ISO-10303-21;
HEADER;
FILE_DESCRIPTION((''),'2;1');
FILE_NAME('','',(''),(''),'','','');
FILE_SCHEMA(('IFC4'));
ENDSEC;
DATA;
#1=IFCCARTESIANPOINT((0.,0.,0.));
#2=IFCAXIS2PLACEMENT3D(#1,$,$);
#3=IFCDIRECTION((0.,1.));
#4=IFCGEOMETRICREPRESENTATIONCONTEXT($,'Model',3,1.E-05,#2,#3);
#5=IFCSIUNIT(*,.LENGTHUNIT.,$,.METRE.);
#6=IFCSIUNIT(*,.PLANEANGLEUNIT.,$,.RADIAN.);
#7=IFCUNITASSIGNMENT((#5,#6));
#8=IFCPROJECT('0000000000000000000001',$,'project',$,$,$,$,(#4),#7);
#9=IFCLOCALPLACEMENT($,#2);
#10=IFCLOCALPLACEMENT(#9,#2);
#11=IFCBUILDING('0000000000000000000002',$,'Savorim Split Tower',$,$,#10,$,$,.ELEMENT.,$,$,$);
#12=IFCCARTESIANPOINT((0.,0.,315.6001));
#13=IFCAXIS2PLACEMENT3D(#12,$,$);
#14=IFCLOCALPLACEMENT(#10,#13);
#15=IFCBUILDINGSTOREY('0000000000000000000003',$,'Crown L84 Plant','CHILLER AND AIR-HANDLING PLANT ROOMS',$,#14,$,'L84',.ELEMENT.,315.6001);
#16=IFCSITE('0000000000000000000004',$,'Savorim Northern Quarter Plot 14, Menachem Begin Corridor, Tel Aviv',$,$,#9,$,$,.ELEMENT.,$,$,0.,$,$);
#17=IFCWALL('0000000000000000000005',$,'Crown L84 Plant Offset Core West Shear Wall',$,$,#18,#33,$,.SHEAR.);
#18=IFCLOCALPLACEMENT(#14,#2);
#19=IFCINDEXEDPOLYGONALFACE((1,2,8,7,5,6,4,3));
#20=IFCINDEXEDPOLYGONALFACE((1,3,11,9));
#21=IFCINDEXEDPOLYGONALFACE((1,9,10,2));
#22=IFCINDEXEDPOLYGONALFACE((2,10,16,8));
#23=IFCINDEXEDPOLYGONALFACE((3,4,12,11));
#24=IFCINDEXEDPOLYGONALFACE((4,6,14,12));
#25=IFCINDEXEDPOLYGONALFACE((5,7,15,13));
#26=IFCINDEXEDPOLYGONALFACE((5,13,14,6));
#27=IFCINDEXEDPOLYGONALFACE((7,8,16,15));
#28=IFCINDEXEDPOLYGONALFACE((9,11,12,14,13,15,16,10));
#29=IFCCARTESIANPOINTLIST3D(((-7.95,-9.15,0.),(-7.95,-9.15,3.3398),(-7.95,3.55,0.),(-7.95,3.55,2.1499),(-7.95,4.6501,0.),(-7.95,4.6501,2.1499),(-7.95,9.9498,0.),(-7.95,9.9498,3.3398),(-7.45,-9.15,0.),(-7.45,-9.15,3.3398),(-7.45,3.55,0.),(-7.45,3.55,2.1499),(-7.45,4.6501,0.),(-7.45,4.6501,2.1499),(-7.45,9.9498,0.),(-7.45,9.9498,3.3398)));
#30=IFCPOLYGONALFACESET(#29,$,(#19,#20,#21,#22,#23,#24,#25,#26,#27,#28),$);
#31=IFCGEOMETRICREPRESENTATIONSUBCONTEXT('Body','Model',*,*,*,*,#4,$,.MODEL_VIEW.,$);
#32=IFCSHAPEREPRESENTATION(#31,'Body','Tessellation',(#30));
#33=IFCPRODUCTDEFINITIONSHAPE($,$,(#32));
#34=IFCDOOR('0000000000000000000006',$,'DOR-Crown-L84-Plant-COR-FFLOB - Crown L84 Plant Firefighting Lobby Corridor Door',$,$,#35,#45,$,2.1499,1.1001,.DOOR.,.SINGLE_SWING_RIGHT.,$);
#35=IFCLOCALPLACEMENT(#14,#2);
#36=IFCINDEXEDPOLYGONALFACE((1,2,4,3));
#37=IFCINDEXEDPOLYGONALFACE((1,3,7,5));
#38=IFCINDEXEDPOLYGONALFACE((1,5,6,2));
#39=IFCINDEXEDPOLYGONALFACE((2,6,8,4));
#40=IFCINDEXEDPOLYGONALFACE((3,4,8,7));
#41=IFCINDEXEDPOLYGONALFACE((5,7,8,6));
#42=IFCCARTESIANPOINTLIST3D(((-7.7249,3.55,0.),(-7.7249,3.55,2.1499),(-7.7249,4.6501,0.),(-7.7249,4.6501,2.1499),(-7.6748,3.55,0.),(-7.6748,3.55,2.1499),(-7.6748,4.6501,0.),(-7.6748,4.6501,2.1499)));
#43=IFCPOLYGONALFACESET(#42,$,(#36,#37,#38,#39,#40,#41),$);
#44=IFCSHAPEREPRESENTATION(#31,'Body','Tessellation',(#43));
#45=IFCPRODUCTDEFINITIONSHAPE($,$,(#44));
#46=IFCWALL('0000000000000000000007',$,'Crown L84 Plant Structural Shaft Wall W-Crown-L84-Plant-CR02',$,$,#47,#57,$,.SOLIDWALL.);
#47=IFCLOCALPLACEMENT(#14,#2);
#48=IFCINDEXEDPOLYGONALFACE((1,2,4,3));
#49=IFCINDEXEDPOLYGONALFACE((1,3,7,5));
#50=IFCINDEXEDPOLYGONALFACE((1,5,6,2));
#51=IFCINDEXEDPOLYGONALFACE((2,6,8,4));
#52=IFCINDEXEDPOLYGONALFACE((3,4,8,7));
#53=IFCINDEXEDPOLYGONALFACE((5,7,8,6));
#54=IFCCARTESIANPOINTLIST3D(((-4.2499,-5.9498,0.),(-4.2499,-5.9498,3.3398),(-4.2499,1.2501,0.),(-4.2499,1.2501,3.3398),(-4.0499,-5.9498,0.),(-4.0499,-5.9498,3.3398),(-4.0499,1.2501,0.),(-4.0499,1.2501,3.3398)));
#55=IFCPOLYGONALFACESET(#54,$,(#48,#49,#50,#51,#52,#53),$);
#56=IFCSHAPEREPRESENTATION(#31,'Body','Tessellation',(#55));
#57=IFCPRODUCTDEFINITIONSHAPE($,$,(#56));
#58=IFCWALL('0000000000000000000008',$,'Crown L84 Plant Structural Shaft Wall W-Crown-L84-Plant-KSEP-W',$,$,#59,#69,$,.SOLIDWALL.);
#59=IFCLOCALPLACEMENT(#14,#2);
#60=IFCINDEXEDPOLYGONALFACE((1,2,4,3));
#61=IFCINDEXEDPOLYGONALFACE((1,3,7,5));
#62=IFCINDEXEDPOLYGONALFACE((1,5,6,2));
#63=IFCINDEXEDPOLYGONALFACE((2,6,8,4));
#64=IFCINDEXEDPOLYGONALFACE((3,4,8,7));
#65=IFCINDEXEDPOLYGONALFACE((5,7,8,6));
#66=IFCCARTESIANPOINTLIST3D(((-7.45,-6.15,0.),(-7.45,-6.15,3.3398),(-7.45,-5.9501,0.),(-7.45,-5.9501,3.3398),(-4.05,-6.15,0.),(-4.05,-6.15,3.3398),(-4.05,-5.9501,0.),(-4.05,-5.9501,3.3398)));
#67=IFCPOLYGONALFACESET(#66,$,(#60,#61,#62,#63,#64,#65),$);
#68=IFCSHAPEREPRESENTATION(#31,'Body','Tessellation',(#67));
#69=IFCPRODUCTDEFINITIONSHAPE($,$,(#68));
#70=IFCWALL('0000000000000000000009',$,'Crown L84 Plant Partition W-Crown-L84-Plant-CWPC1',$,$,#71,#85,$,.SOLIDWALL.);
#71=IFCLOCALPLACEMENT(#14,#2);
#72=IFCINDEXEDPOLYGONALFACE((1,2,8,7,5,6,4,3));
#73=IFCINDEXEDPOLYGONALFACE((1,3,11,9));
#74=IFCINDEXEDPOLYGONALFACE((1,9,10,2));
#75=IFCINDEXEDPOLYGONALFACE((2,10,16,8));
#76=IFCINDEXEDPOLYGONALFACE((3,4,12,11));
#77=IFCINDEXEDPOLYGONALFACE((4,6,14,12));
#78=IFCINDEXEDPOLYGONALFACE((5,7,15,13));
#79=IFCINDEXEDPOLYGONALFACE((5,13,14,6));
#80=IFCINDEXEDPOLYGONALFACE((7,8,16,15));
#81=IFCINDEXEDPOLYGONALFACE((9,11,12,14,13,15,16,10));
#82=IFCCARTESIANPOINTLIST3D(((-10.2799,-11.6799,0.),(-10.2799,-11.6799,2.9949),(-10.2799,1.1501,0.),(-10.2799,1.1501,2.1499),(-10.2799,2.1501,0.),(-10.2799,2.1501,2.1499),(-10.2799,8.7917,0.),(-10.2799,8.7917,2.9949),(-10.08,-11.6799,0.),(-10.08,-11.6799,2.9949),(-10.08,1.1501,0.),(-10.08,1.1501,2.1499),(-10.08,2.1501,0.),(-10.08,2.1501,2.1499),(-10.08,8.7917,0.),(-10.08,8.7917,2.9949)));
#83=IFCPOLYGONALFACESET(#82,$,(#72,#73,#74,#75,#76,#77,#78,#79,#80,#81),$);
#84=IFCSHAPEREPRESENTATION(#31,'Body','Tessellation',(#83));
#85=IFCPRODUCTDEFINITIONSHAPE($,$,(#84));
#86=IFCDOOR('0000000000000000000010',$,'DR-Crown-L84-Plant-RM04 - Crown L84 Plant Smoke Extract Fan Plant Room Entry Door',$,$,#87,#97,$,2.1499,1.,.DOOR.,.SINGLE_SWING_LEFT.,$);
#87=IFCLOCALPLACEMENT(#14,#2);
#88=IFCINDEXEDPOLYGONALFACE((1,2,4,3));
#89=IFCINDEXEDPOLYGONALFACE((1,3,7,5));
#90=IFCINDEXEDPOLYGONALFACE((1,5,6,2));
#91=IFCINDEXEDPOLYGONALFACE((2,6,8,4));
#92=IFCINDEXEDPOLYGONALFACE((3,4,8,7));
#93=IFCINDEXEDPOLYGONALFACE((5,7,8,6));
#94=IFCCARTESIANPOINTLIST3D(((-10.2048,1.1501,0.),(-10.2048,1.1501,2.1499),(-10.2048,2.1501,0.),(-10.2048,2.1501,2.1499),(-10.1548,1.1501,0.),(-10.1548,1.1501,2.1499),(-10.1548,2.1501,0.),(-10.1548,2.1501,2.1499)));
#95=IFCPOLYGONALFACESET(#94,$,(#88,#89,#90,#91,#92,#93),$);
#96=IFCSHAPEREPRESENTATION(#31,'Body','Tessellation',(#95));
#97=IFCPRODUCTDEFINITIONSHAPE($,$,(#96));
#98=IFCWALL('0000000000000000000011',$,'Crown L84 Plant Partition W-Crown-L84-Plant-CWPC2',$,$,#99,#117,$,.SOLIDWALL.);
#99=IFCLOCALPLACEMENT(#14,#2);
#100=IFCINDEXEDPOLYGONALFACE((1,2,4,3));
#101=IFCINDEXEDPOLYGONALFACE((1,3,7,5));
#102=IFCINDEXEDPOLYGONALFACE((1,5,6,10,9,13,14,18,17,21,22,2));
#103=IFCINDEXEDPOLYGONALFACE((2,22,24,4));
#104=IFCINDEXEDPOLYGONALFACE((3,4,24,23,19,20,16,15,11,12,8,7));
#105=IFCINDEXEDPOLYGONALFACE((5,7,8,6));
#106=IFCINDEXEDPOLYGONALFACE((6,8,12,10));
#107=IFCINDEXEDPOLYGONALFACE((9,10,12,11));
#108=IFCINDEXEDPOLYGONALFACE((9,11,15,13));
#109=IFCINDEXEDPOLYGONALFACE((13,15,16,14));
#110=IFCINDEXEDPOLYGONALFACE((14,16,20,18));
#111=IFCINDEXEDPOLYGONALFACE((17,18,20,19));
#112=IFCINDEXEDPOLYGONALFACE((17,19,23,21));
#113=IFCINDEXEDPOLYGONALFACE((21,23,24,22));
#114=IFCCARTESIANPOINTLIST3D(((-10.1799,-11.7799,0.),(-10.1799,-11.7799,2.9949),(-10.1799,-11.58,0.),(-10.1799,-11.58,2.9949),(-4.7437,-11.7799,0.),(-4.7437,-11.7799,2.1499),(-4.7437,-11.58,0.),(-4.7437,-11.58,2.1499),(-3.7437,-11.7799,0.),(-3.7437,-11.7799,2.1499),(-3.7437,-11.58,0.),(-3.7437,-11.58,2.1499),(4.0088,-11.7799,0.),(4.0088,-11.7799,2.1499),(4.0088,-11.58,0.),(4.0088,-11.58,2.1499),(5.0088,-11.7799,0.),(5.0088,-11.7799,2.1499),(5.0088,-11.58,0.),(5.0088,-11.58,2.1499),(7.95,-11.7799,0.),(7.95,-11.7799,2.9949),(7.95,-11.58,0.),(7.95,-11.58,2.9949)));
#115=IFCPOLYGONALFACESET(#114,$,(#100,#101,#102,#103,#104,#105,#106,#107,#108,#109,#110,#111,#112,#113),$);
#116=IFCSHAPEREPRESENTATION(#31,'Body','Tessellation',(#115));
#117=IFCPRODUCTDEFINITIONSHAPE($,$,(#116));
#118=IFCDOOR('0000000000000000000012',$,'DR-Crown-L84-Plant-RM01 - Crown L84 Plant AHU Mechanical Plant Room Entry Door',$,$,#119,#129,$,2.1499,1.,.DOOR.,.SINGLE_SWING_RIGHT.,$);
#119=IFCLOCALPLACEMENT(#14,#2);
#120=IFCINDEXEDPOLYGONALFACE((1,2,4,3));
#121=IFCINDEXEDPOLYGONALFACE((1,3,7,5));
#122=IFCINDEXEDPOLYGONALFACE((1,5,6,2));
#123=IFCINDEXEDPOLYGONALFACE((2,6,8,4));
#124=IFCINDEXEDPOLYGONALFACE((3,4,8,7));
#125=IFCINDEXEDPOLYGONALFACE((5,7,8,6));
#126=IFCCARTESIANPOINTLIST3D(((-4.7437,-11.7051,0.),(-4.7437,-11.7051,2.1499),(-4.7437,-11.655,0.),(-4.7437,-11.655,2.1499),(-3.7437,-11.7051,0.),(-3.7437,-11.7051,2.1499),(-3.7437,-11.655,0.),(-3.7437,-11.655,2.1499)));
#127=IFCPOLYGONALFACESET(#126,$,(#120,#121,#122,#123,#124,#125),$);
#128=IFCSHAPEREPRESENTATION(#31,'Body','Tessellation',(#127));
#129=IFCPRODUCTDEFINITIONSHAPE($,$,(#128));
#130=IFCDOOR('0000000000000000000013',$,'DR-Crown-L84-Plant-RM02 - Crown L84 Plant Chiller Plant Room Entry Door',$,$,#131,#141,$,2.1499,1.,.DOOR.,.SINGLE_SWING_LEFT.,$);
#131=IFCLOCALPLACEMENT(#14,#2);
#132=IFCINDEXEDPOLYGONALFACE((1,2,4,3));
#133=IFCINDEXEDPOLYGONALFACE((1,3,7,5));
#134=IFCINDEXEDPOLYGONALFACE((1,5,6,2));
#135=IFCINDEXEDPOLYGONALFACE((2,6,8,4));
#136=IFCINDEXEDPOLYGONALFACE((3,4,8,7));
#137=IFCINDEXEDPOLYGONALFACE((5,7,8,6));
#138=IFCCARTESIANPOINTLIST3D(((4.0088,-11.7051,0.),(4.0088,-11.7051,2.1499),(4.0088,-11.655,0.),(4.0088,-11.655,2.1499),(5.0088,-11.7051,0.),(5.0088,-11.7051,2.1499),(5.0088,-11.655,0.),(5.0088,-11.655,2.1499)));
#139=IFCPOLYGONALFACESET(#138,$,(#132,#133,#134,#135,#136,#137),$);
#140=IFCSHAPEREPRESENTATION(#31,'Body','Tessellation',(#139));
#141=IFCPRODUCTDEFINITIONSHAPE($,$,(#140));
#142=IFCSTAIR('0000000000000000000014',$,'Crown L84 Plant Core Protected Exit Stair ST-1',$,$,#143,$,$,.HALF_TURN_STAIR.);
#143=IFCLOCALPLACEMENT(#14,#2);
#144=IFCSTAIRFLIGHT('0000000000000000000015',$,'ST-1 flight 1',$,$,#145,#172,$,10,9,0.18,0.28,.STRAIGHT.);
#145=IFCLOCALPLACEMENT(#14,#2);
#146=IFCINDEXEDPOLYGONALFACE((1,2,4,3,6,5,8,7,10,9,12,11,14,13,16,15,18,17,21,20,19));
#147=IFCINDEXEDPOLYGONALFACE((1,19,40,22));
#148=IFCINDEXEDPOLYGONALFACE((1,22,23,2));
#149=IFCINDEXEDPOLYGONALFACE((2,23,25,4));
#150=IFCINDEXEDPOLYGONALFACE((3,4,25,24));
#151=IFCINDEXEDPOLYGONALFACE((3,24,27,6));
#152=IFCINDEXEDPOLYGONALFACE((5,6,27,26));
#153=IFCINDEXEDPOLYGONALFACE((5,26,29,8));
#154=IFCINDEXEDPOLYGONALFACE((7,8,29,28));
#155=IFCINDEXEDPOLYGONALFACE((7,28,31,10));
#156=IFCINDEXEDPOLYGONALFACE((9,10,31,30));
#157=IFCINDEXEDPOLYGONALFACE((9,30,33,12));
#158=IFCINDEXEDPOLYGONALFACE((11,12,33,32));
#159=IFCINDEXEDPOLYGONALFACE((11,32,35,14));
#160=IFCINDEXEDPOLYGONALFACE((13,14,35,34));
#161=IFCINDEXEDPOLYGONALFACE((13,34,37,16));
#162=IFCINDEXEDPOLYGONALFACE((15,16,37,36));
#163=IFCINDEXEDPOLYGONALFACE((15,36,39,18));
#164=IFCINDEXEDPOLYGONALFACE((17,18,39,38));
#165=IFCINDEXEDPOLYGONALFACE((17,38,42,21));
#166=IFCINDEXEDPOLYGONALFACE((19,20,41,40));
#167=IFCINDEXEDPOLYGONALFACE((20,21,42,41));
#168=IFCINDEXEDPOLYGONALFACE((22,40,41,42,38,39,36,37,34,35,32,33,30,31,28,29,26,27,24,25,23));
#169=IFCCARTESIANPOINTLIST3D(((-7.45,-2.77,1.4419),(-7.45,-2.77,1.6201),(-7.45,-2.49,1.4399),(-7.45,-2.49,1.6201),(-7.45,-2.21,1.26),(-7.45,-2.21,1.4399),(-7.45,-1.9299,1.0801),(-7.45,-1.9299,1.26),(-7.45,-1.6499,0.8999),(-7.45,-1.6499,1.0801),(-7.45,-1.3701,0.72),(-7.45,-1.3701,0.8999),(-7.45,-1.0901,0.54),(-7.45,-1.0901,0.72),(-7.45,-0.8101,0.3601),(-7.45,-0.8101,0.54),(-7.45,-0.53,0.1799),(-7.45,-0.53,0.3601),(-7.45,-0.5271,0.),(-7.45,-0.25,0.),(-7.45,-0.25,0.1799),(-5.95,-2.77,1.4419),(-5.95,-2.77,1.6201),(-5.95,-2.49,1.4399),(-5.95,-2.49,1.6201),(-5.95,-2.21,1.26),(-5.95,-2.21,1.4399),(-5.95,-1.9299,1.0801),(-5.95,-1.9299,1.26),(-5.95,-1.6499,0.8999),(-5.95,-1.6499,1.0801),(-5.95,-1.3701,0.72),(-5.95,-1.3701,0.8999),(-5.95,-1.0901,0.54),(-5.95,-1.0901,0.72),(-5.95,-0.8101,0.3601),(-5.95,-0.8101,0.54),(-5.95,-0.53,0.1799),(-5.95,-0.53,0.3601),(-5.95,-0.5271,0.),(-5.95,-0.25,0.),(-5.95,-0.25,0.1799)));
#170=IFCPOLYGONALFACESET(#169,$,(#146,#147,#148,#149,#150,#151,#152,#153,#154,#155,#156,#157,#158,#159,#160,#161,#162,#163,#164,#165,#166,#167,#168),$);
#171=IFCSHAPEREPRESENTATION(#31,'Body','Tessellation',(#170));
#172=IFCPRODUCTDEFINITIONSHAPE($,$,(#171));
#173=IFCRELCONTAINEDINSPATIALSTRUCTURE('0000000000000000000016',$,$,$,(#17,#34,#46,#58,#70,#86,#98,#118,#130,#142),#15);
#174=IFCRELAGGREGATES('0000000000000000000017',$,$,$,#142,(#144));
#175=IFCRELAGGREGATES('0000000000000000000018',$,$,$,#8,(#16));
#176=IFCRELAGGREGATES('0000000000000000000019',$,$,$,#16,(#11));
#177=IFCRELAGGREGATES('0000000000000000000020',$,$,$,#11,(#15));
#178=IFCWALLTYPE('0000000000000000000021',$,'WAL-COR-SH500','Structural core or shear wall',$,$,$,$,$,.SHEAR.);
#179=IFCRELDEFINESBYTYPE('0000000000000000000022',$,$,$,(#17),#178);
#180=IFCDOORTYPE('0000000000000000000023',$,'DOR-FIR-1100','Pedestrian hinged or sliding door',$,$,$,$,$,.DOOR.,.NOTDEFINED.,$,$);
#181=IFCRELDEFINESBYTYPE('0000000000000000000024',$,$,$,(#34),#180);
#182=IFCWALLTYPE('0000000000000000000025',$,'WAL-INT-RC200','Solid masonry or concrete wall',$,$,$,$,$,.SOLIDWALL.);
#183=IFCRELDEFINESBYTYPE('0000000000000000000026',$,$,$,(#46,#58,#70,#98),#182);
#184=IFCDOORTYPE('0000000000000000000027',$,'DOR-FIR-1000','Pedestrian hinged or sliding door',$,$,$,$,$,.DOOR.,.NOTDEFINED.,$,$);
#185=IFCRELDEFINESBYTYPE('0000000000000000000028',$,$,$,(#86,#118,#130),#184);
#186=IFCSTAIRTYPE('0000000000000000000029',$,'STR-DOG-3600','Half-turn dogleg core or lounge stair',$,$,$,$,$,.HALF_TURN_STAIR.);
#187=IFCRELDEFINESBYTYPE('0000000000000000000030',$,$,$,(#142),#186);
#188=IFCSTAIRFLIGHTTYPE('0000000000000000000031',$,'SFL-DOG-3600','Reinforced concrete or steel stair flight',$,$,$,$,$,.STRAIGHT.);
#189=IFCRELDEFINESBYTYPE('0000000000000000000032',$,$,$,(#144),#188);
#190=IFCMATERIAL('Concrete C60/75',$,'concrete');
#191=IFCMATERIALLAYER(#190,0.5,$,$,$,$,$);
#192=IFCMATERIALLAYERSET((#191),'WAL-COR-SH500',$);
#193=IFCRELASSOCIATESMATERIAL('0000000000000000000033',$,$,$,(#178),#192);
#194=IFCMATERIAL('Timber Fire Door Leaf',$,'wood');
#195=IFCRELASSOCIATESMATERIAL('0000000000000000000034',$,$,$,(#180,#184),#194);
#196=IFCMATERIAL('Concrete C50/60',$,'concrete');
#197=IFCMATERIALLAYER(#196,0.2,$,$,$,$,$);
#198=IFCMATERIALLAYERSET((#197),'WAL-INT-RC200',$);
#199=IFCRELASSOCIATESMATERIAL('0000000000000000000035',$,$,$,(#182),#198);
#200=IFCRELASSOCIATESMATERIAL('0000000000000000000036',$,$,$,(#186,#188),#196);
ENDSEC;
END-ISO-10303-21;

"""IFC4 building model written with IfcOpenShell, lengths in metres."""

from ifc_helpers import new_model, si_unit, direction, frame, frame_2d, origin, place, context, subcontext, project, spatial, polyline, rectangle, outline, extrude, material, layer, layer_set, type_object, element, fill, aggregate, save


model = new_model("IFC4")

# Units and contexts
model_context = context("Model", 3, precision=1e-05, world=origin(), true_north=direction((0.0, 1.0)))
body_context = subcontext(model_context, "Body", "Model", "MODEL_VIEW")
ifc_project = project(units=[si_unit("LENGTHUNIT", "METRE"), si_unit("PLANEANGLEUNIT", "RADIAN")], contexts=[model_context])

# Site, building, storey
site_placement = place(None, origin())
site = spatial("IfcSite", under=ifc_project, at=site_placement, Name="Savorim Northern Quarter Plot 14, Menachem Begin Corridor, Tel Aviv", CompositionType="ELEMENT", RefElevation=0.0)
building_placement = place(site_placement, origin())
building = spatial("IfcBuilding", under=site, at=building_placement, Name="Savorim Split Tower", CompositionType="ELEMENT")
storey_placement = place(building_placement, frame((0.0, 0.0, 315.6001)))
storey = spatial("IfcBuildingStorey", under=building, at=storey_placement, Name="Crown L84 Plant", Description="CHILLER AND AIR-HANDLING PLANT ROOMS", LongName="L84", CompositionType="ELEMENT", Elevation=315.6001)

# Wall, opening, door
ifc_material_1 = material(Name="Concrete C60/75", Category="concrete")
ifc_layer_1 = layer(ifc_material_1, 0.5)
ifc_layer_set_1 = layer_set([ifc_layer_1], Name="WAL-COR-SH500")
wall_type_1 = type_object("IfcWallType", Name="WAL-COR-SH500", Description="Structural core or shear wall", PredefinedType="SHEAR", material=ifc_layer_set_1)
ifc_material_2 = material(Name="Timber Fire Door Leaf", Category="wood")
wall_1_placement = place(storey_placement, frame((-7.7, -9.1499, 0.0), z_axis=(0.0, 0.0, 1.0), x_axis=(0.0, 1.0, 0.0)))
wall_1 = element("IfcWall", 1, at=wall_1_placement, inside=storey, type_object=wall_type_1, Name="Crown L84 Plant Offset Core West Shear Wall", PredefinedType="SHEAR", context=body_context, shape_type="SweptSolid", body=[
    extrude(rectangle(XDim=19.0999, YDim=0.5, at=frame_2d((9.5498, 0.0))), origin(), (0.0, 0.0, 1.0), 3.3398),
])
opening_1_placement = place(wall_1_placement, frame((12.7, 0.0, 0.0)))
opening_1 = element("IfcOpeningElement", 2, at=opening_1_placement, cuts=wall_1, PredefinedType="OPENING", context=body_context, shape_type="SweptSolid", body=[
    extrude(rectangle(XDim=1.1001, YDim=2.1499, at=frame_2d((0.55, 1.075))), frame((0.0, 0.26, 0.0), z_axis=(0.0, -1.0, 0.0), x_axis=(1.0, 0.0, 0.0)), (0.0, 0.0, 1.0), 0.52),
])
door_type_1 = type_object("IfcDoorType", Name="DOR-FIR-1100", Description="Pedestrian hinged or sliding door", OperationType="NOTDEFINED", PredefinedType="DOOR", material=ifc_material_2)
door_1_placement = place(opening_1_placement, origin())
door_1 = element("IfcDoor", 3, at=door_1_placement, inside=storey, type_object=door_type_1, Name="DOR-Crown-L84-Plant-COR-FFLOB - Crown L84 Plant Firefighting Lobby Corridor Door", OperationType="SINGLE_SWING_RIGHT", OverallHeight=2.1499, OverallWidth=1.1001, PredefinedType="DOOR", context=body_context, shape_type="SweptSolid", body=[
    extrude(rectangle(XDim=1.1001, YDim=2.1499, at=frame_2d((0.55, 1.075))), frame((0.0, 0.0249, 0.0), z_axis=(0.0, -1.0, 0.0), x_axis=(1.0, 0.0, 0.0)), (0.0, 0.0, 1.0), 0.05),
])
fill(opening_1, door_1)

# Walls
ifc_material_3 = material(Name="Concrete C50/60", Category="concrete")
ifc_layer_2 = layer(ifc_material_3, 0.2)
ifc_layer_set_2 = layer_set([ifc_layer_2], Name="WAL-INT-RC200")
wall_type_2 = type_object("IfcWallType", Name="WAL-INT-RC200", Description="Solid masonry or concrete wall", PredefinedType="SOLIDWALL", material=ifc_layer_set_2)
wall_2_placement = place(storey_placement, frame((-4.1499, -5.95, 0.0), z_axis=(0.0, 0.0, 1.0), x_axis=(0.0, 1.0, 0.0)))
element("IfcWall", 4, at=wall_2_placement, inside=storey, type_object=wall_type_2, Name="Crown L84 Plant Structural Shaft Wall W-Crown-L84-Plant-CR02", PredefinedType="SOLIDWALL", context=body_context, shape_type="SweptSolid", body=[
    extrude(rectangle(XDim=7.2, YDim=0.2, at=frame_2d((3.6001, 0.0))), origin(), (0.0, 0.0, 1.0), 3.3398),
])
wall_3_placement = place(storey_placement, frame((-7.45, -6.05, 0.0), z_axis=(0.0, 0.0, 1.0), x_axis=(1.0, 0.0, 0.0)))
element("IfcWall", 5, at=wall_3_placement, inside=storey, type_object=wall_type_2, Name="Crown L84 Plant Structural Shaft Wall W-Crown-L84-Plant-KSEP-W", PredefinedType="SOLIDWALL", context=body_context, shape_type="SweptSolid", body=[
    extrude(rectangle(XDim=3.3999, YDim=0.2, at=frame_2d((1.7, 0.0))), origin(), (0.0, 0.0, 1.0), 3.3398),
])

# Wall, opening, door
wall_4_placement = place(storey_placement, frame((-10.1799, -11.6799, 0.0), z_axis=(0.0, 0.0, 1.0), x_axis=(0.0, 1.0, 0.0)))
wall_4 = element("IfcWall", 6, at=wall_4_placement, inside=storey, type_object=wall_type_2, Name="Crown L84 Plant Partition W-Crown-L84-Plant-CWPC1", PredefinedType="SOLIDWALL", context=body_context, shape_type="SweptSolid", body=[
    extrude(rectangle(XDim=20.4717, YDim=0.2, at=frame_2d((10.2358, 0.0))), origin(), (0.0, 0.0, 1.0), 2.9949),
])
opening_2_placement = place(wall_4_placement, frame((12.8301, 0.0, 0.0)))
opening_2 = element("IfcOpeningElement", 7, at=opening_2_placement, cuts=wall_4, PredefinedType="OPENING", context=body_context, shape_type="SweptSolid", body=[
    extrude(rectangle(XDim=1.0, YDim=2.1499, at=frame_2d((0.5, 1.075))), frame((0.0, 0.1099, 0.0), z_axis=(0.0, -1.0, 0.0), x_axis=(1.0, 0.0, 0.0)), (0.0, 0.0, 1.0), 0.22),
])
door_type_2 = type_object("IfcDoorType", Name="DOR-FIR-1000", Description="Pedestrian hinged or sliding door", OperationType="NOTDEFINED", PredefinedType="DOOR", material=ifc_material_2)
door_2_placement = place(opening_2_placement, origin())
door_2 = element("IfcDoor", 8, at=door_2_placement, inside=storey, type_object=door_type_2, Name="DR-Crown-L84-Plant-RM04 - Crown L84 Plant Smoke Extract Fan Plant Room Entry Door", OperationType="SINGLE_SWING_LEFT", OverallHeight=2.1499, OverallWidth=1.0, PredefinedType="DOOR", context=body_context, shape_type="SweptSolid", body=[
    extrude(rectangle(XDim=1.0, YDim=2.1499, at=frame_2d((0.5, 1.075))), frame((0.0, 0.0249, 0.0), z_axis=(0.0, -1.0, 0.0), x_axis=(1.0, 0.0, 0.0)), (0.0, 0.0, 1.0), 0.05),
])
fill(opening_2, door_2)

# Wall, openings, doors
wall_5_placement = place(storey_placement, frame((-10.1799, -11.6799, 0.0), z_axis=(0.0, 0.0, 1.0), x_axis=(1.0, 0.0, 0.0)))
wall_5 = element("IfcWall", 9, at=wall_5_placement, inside=storey, type_object=wall_type_2, Name="Crown L84 Plant Partition W-Crown-L84-Plant-CWPC2", PredefinedType="SOLIDWALL", context=body_context, shape_type="SweptSolid", body=[
    extrude(rectangle(XDim=18.1299, YDim=0.2, at=frame_2d((9.0649, 0.0))), origin(), (0.0, 0.0, 1.0), 2.9949),
])
opening_3_placement = place(wall_5_placement, frame((5.4363, 0.0, 0.0)))
opening_3 = element("IfcOpeningElement", 10, at=opening_3_placement, cuts=wall_5, PredefinedType="OPENING", context=body_context, shape_type="SweptSolid", body=[
    extrude(rectangle(XDim=1.0, YDim=2.1499, at=frame_2d((0.5, 1.075))), frame((0.0, 0.1099, 0.0), z_axis=(0.0, -1.0, 0.0), x_axis=(1.0, 0.0, 0.0)), (0.0, 0.0, 1.0), 0.22),
])
opening_4_placement = place(wall_5_placement, frame((14.1887, 0.0, 0.0)))
opening_4 = element("IfcOpeningElement", 11, at=opening_4_placement, cuts=wall_5, PredefinedType="OPENING", context=body_context, shape_type="SweptSolid", body=[
    extrude(rectangle(XDim=1.0, YDim=2.1499, at=frame_2d((0.5, 1.075))), frame((0.0, 0.1099, 0.0), z_axis=(0.0, -1.0, 0.0), x_axis=(1.0, 0.0, 0.0)), (0.0, 0.0, 1.0), 0.22),
])
door_3_placement = place(opening_3_placement, origin())
door_3 = element("IfcDoor", 12, at=door_3_placement, inside=storey, type_object=door_type_2, Name="DR-Crown-L84-Plant-RM01 - Crown L84 Plant AHU Mechanical Plant Room Entry Door", OperationType="SINGLE_SWING_RIGHT", OverallHeight=2.1499, OverallWidth=1.0, PredefinedType="DOOR", context=body_context, shape_type="SweptSolid", body=[
    extrude(rectangle(XDim=1.0, YDim=2.1499, at=frame_2d((0.5, 1.075))), frame((0.0, 0.0249, 0.0), z_axis=(0.0, -1.0, 0.0), x_axis=(1.0, 0.0, 0.0)), (0.0, 0.0, 1.0), 0.05),
])
fill(opening_3, door_3)
door_4_placement = place(opening_4_placement, origin())
door_4 = element("IfcDoor", 13, at=door_4_placement, inside=storey, type_object=door_type_2, Name="DR-Crown-L84-Plant-RM02 - Crown L84 Plant Chiller Plant Room Entry Door", OperationType="SINGLE_SWING_LEFT", OverallHeight=2.1499, OverallWidth=1.0, PredefinedType="DOOR", context=body_context, shape_type="SweptSolid", body=[
    extrude(rectangle(XDim=1.0, YDim=2.1499, at=frame_2d((0.5, 1.075))), frame((0.0, 0.0249, 0.0), z_axis=(0.0, -1.0, 0.0), x_axis=(1.0, 0.0, 0.0)), (0.0, 0.0, 1.0), 0.05),
])
fill(opening_4, door_4)

# Stair, stair flight
stair_type = type_object("IfcStairType", Name="STR-DOG-3600", Description="Half-turn dogleg core or lounge stair", PredefinedType="HALF_TURN_STAIR", material=ifc_material_3)
stair_placement = place(storey_placement, origin())
stair = element("IfcStair", 14, at=stair_placement, inside=storey, type_object=stair_type, Name="Crown L84 Plant Core Protected Exit Stair ST-1", PredefinedType="HALF_TURN_STAIR")
stair_flight_type = type_object("IfcStairFlightType", Name="SFL-DOG-3600", Description="Reinforced concrete or steel stair flight", PredefinedType="STRAIGHT", material=ifc_material_3)
stair_flight_1_placement = place(storey_placement, frame((-6.7, -0.25, 0.0), z_axis=(0.0, 0.0, 1.0), x_axis=(0.0, -1.0, 0.0)))
stair_flight_1 = element("IfcStairFlight", 15, at=stair_flight_1_placement, type_object=stair_flight_type, Name="ST-1 flight 1", NumberOfRisers=10, NumberOfTreads=9, PredefinedType="STRAIGHT", RiserHeight=0.18, TreadLength=0.28, context=body_context, shape_type="SweptSolid", body=[
    extrude(outline(polyline([(0.0, 0.0), (0.0, 0.1799), (0.28, 0.1799), (0.28, 0.3601), (0.5601, 0.3601), (0.5601, 0.54), (0.8401, 0.54), (0.8401, 0.72), (1.1201, 0.72), (1.1201, 0.8999), (1.3999, 0.8999), (1.3999, 1.0801), (1.6799, 1.0801), (1.6799, 1.26), (1.96, 1.26), (1.96, 1.4399), (2.24, 1.4399), (2.24, 1.6201), (2.52, 1.6201), (2.52, 1.8), (2.52, 1.4419), (0.2771, 0.0), (0.0, 0.0)])), frame((0.0, 0.75, 0.0), z_axis=(0.0, -1.0, 0.0), x_axis=(1.0, 0.0, 0.0)), (0.0, 0.0, 1.0), 1.5),
])
aggregate(stair, [stair_flight_1])

save(model, "model.ifc")
